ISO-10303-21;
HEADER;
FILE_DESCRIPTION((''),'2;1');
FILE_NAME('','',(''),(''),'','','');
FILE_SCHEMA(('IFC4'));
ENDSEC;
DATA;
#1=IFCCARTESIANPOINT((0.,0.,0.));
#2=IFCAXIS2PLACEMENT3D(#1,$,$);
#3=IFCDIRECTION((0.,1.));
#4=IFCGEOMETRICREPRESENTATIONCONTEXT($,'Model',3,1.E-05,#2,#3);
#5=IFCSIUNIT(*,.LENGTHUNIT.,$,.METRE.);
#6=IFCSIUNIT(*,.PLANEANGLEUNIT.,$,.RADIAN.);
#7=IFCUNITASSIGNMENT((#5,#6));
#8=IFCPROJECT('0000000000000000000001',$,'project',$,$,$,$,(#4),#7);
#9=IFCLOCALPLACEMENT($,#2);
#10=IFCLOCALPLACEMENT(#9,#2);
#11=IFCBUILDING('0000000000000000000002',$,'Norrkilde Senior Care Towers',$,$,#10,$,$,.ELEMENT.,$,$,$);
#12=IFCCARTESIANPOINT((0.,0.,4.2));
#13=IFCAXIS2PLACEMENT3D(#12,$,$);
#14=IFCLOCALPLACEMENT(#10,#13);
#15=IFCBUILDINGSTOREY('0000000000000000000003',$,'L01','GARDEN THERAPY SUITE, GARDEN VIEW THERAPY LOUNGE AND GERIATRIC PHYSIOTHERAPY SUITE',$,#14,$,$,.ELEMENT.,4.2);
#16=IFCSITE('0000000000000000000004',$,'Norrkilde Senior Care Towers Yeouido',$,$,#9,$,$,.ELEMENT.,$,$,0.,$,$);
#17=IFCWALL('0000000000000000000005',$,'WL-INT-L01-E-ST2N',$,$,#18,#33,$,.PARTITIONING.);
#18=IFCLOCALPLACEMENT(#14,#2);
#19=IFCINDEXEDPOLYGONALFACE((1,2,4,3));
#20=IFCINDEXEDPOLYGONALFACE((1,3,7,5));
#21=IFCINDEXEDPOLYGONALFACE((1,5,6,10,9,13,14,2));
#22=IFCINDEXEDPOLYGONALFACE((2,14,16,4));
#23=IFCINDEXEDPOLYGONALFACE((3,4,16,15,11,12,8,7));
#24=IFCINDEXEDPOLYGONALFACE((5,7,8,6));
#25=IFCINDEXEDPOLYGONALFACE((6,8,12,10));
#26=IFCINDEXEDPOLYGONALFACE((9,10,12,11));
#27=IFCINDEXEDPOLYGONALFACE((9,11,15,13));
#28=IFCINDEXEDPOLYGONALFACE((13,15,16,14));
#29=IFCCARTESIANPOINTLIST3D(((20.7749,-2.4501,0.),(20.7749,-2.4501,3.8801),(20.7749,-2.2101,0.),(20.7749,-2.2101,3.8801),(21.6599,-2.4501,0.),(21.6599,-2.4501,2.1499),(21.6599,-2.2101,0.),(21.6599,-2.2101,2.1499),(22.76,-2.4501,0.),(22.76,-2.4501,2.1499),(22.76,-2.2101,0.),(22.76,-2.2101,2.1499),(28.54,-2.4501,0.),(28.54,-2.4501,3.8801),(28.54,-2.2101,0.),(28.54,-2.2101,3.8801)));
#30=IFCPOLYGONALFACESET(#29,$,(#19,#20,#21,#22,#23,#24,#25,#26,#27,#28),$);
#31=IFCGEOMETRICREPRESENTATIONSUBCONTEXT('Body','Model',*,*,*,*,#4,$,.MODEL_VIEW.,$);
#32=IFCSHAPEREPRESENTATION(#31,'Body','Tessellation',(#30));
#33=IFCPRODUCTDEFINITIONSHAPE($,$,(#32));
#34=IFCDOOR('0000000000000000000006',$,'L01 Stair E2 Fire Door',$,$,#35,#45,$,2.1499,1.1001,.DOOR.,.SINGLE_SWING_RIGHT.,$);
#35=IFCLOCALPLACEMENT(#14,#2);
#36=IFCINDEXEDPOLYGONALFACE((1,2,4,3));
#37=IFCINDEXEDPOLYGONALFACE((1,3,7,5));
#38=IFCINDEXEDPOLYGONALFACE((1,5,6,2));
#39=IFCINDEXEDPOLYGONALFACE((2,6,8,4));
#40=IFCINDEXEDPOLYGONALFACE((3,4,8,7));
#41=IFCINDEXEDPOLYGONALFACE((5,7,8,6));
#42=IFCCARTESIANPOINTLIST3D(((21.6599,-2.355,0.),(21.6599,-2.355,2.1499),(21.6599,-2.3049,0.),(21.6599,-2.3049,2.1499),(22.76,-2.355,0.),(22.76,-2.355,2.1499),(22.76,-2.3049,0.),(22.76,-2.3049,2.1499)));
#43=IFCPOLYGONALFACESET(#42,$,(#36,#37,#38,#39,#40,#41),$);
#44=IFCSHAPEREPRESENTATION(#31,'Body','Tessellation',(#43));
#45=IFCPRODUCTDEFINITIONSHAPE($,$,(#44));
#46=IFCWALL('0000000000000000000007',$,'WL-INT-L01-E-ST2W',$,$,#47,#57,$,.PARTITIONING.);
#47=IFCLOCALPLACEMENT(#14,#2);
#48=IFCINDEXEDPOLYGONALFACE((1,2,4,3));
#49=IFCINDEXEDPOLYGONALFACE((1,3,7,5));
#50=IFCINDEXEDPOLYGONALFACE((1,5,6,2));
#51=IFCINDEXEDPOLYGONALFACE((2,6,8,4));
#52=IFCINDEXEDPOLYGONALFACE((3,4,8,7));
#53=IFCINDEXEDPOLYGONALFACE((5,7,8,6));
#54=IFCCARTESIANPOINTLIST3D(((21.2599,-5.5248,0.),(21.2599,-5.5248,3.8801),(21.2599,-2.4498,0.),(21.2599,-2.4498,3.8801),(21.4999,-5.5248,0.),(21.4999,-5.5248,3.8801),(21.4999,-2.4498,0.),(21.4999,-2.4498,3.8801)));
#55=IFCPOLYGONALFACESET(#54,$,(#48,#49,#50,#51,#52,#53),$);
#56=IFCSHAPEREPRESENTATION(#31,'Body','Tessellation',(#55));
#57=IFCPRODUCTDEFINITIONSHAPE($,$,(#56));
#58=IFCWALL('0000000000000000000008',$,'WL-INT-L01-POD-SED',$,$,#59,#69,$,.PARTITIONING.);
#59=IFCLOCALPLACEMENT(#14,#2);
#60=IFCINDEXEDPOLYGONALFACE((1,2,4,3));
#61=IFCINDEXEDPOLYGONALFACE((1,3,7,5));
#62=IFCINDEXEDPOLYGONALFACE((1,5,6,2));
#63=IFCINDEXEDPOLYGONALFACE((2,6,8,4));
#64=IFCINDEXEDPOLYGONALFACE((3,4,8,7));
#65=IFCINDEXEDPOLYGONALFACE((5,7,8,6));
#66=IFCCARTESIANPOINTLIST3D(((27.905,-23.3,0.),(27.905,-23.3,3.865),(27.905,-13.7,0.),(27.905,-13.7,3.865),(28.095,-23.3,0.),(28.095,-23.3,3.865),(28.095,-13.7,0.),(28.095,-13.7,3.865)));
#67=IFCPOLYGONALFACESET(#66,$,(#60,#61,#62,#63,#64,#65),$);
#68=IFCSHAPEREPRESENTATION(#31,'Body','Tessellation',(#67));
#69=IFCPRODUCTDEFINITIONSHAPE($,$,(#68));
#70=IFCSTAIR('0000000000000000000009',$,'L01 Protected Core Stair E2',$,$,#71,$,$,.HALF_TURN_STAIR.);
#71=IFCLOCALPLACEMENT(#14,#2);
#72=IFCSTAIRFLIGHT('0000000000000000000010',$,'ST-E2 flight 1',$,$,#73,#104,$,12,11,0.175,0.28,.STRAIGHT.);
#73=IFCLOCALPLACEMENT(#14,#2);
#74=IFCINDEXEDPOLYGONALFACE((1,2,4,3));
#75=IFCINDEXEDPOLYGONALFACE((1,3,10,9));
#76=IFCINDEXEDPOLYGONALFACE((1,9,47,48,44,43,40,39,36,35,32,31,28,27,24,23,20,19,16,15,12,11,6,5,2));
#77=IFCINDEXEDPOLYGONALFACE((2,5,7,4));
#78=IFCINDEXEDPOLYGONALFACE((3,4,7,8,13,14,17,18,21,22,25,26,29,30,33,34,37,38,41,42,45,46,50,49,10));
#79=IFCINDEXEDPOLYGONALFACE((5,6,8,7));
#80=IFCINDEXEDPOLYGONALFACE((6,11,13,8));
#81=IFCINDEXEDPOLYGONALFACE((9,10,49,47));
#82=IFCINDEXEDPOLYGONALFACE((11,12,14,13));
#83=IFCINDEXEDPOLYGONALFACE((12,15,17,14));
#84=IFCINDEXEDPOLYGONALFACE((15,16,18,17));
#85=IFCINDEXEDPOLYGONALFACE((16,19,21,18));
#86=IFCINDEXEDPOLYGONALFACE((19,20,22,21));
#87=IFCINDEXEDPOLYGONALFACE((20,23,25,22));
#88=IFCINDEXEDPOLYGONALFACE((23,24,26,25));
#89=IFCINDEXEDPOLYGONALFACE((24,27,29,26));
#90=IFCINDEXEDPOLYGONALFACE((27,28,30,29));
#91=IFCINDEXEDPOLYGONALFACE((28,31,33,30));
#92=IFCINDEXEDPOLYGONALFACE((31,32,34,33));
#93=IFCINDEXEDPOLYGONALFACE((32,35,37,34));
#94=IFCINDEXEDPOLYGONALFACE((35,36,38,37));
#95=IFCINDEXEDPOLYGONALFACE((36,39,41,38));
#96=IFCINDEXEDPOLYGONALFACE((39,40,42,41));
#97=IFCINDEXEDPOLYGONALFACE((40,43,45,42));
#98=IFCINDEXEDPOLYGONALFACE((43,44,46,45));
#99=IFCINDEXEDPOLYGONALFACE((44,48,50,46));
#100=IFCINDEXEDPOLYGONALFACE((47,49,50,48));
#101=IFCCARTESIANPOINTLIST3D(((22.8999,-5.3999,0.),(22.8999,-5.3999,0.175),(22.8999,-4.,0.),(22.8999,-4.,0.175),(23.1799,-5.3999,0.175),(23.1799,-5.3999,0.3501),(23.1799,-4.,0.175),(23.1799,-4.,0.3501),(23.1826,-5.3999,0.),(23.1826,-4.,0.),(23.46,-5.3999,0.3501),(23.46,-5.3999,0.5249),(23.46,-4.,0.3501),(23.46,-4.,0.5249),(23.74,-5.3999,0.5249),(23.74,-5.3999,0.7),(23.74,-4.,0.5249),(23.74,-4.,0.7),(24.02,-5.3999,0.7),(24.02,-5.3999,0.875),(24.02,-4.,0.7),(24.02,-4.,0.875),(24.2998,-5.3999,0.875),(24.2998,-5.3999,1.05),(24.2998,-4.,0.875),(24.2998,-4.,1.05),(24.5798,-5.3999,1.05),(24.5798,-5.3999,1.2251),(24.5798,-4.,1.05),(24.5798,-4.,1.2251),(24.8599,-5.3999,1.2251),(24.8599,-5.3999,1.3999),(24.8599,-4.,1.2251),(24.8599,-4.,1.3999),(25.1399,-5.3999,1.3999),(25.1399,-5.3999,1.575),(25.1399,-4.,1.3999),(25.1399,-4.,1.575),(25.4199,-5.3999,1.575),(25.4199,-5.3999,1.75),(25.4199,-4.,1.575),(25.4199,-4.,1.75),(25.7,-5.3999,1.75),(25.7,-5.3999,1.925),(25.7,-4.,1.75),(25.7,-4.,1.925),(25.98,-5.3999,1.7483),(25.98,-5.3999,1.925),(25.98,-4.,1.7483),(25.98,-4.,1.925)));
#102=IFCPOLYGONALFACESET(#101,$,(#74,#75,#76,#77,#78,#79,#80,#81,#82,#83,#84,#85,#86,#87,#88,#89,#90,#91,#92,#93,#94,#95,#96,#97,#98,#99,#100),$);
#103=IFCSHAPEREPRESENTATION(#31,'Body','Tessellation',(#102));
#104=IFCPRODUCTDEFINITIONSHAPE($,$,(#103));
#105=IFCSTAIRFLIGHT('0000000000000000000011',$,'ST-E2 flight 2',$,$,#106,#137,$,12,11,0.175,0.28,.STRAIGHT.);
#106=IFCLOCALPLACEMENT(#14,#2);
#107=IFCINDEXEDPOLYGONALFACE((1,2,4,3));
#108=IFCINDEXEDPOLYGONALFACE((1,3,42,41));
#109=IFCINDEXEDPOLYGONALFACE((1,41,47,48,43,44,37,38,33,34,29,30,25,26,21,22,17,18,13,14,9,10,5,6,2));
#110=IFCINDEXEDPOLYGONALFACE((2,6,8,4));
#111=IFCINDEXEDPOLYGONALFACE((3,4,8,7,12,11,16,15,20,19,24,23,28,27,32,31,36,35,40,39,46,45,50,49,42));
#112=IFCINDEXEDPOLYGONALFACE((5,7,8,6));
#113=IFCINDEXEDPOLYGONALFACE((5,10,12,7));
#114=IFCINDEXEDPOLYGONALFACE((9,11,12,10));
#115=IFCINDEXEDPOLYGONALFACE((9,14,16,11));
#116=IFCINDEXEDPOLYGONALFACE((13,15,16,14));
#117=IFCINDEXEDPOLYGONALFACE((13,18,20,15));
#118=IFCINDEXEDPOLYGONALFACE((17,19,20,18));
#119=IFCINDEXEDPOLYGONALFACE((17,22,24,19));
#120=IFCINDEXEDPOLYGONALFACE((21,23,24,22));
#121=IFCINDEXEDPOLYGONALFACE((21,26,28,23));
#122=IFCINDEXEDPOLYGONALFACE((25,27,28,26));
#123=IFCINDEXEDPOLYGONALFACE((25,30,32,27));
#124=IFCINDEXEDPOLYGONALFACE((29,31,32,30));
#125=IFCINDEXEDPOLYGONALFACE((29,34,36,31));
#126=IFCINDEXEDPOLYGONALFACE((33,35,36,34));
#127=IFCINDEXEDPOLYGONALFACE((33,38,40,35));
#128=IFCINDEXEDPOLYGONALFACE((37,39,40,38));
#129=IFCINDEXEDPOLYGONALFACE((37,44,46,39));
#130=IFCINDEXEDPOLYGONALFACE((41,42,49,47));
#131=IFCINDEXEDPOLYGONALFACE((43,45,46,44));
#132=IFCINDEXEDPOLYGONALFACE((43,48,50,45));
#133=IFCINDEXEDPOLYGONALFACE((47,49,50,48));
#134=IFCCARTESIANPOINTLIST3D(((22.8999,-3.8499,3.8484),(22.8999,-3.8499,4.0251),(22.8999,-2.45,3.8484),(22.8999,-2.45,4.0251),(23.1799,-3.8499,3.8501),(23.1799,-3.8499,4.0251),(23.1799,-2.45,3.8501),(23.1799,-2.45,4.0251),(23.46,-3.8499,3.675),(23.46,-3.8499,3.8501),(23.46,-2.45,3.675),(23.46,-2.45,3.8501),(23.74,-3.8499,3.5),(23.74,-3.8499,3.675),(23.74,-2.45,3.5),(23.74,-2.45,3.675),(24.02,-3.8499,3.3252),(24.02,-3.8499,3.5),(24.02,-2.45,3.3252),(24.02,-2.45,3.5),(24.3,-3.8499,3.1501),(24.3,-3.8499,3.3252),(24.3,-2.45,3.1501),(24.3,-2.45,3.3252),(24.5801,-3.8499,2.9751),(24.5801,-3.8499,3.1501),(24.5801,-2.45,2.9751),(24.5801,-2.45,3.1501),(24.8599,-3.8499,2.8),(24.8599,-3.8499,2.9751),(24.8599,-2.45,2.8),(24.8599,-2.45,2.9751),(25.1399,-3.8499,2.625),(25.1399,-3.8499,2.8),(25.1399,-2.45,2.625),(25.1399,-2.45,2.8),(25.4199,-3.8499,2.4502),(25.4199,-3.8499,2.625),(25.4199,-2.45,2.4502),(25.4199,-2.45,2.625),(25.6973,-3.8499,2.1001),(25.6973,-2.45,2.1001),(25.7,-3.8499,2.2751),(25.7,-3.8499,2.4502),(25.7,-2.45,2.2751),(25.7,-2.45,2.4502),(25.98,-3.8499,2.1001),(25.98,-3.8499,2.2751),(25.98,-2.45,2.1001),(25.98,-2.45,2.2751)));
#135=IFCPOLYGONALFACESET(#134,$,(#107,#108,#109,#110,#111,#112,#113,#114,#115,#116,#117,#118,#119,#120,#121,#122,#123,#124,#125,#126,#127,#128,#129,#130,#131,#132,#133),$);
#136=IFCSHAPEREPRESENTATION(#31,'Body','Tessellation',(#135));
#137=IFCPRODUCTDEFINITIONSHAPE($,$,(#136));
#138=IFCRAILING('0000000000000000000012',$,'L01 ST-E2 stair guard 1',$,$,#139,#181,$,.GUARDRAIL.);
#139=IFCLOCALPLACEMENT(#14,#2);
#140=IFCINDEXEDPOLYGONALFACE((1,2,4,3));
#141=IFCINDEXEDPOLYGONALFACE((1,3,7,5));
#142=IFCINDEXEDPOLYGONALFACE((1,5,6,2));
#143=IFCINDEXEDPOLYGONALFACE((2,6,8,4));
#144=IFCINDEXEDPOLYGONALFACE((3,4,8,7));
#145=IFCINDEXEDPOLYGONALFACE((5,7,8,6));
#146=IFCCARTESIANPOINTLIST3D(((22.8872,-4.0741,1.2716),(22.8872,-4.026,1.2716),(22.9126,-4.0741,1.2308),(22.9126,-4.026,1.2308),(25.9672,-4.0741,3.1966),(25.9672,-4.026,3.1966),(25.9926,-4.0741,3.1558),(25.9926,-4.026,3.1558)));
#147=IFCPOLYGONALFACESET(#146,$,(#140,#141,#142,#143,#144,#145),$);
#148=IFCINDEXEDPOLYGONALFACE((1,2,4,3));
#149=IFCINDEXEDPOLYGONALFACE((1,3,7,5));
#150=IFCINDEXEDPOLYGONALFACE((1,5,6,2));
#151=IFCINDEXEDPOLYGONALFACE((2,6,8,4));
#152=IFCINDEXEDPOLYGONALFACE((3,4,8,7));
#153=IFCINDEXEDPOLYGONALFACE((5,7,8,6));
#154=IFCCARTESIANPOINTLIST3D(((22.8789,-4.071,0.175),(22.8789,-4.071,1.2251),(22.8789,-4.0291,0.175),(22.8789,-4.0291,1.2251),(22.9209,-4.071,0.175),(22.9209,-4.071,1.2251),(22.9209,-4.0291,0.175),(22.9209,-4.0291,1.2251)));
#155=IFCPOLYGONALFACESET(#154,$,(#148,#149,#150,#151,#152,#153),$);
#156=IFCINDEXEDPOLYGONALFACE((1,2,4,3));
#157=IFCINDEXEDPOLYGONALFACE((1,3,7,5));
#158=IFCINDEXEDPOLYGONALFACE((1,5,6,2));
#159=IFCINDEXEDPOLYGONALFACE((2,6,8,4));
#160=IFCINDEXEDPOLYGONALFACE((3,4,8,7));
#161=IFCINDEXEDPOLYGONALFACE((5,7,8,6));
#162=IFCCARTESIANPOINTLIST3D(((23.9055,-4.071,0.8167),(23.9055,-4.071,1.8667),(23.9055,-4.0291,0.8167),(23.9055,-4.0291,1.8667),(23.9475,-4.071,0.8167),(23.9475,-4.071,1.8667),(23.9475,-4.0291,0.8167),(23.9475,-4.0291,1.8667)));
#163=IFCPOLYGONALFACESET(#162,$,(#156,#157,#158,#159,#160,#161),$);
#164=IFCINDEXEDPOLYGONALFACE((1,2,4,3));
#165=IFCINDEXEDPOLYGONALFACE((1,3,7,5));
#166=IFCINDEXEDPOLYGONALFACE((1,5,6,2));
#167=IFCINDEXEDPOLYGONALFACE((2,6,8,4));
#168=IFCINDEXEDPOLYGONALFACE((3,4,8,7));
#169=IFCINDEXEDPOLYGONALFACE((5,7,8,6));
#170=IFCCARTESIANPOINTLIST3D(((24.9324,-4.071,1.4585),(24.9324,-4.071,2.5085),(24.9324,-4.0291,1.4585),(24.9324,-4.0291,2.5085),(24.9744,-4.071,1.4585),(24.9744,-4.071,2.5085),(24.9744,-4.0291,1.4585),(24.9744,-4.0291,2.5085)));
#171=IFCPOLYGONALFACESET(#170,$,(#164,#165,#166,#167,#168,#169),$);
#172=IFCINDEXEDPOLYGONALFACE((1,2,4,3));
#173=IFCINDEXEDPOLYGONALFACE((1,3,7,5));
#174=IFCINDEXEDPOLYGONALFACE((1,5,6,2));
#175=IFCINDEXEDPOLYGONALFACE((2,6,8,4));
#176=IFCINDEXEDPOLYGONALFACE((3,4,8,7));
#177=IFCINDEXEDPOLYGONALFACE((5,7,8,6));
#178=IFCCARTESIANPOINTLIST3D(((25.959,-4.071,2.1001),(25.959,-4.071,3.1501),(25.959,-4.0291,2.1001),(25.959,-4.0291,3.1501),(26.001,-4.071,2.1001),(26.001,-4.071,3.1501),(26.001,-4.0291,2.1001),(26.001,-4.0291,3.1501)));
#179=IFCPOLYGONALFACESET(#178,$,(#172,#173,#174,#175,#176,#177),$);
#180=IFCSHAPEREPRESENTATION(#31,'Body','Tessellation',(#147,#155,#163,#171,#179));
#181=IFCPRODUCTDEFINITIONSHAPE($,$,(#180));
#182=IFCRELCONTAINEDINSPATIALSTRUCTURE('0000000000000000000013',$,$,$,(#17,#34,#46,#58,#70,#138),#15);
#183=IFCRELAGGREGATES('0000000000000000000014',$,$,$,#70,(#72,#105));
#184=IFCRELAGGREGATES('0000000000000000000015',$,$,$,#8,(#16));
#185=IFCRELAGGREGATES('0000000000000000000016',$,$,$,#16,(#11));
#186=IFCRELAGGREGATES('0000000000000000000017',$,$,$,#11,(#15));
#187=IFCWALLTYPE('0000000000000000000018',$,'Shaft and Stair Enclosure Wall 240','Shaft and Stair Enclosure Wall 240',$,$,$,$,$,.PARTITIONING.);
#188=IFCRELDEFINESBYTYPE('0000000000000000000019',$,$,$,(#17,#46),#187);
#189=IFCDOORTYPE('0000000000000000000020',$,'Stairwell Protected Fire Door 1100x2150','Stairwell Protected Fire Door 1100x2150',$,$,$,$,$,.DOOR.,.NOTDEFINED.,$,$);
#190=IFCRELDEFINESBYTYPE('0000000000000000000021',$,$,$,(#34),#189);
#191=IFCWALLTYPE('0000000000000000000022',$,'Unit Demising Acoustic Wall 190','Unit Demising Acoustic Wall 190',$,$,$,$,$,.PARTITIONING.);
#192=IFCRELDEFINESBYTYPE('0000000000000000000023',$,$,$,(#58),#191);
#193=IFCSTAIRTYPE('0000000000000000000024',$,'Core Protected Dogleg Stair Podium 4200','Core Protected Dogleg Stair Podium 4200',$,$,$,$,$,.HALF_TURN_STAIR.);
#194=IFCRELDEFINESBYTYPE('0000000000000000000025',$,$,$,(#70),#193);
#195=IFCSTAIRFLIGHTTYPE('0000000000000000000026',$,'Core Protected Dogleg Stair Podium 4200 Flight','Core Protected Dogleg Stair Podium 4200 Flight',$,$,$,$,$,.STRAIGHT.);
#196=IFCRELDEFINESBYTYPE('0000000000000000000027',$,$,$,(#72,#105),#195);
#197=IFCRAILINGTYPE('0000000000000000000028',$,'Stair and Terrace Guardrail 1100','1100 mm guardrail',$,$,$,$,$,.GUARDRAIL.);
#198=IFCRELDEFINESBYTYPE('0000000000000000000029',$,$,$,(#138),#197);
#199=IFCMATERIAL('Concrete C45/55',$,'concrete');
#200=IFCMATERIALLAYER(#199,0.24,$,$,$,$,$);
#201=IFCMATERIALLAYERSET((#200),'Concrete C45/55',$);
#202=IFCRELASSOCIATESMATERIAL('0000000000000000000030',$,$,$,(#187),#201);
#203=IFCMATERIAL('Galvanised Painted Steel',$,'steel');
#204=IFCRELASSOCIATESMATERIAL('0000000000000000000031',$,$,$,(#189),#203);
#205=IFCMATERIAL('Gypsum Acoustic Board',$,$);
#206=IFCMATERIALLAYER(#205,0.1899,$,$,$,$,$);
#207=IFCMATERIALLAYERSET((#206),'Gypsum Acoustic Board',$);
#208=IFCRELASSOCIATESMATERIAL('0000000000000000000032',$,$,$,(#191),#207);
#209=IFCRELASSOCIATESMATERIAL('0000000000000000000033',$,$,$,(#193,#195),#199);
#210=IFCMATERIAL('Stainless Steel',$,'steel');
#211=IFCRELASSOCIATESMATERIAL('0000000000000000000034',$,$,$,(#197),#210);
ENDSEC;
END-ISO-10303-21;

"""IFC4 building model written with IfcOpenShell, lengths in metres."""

from ifc_helpers import new_model, si_unit, direction, frame, frame_2d, origin, origin_2d, place, context, subcontext, project, spatial, polyline, rectangle, outline, extrude, source, transform, mapped, material, layer, layer_set, type_object, type_shapes, element, fill, aggregate, save


model = new_model("IFC4")

# Units and contexts
model_context = context("Model", 3, precision=1e-05, world=origin(), true_north=direction((0.0, 1.0)))
body_context = subcontext(model_context, "Body", "Model", "MODEL_VIEW")
ifc_project = project(units=[si_unit("LENGTHUNIT", "METRE"), si_unit("PLANEANGLEUNIT", "RADIAN")], contexts=[model_context])

# Site, building, storey
site_placement = place(None, origin())
site = spatial("IfcSite", under=ifc_project, at=site_placement, Name="Norrkilde Senior Care Towers Yeouido", CompositionType="ELEMENT", RefElevation=0.0)
building_placement = place(site_placement, origin())
building = spatial("IfcBuilding", under=site, at=building_placement, Name="Norrkilde Senior Care Towers", CompositionType="ELEMENT")
storey_placement = place(building_placement, frame((0.0, 0.0, 4.2)))
storey = spatial("IfcBuildingStorey", under=building, at=storey_placement, Name="L01", Description="GARDEN THERAPY SUITE, GARDEN VIEW THERAPY LOUNGE AND GERIATRIC PHYSIOTHERAPY SUITE", CompositionType="ELEMENT", Elevation=4.2)

# Shared definitions
ifc_material_1 = material(Name="Galvanised Painted Steel", Category="steel")

# Shared definitions
ifc_material_2 = material(Name="Gypsum Acoustic Board")

# Wall, opening, door
ifc_material_3 = material(Name="Concrete C45/55", Category="concrete")
ifc_layer_1 = layer(ifc_material_3, 0.24)
ifc_layer_set_1 = layer_set([ifc_layer_1], Name="Concrete C45/55")
wall_type_1 = type_object("IfcWallType", Name="Shaft and Stair Enclosure Wall 240", Description="Shaft and Stair Enclosure Wall 240", PredefinedType="PARTITIONING", material=ifc_layer_set_1)
shared_shape_1 = source(origin(), body_context, "Body", "SweptSolid", [
    extrude(rectangle(XDim=7.7651, YDim=0.24, at=frame_2d((3.8826, 0.0))), origin(), (0.0, 0.0, 1.0), 3.8801),
])
wall_1_placement = place(storey_placement, frame((20.7749, -2.3301, 0.0), z_axis=(0.0, 0.0, 1.0), x_axis=(1.0, 0.0, 0.0)))
wall_1 = element("IfcWall", 1, at=wall_1_placement, inside=storey, type_object=wall_type_1, Name="WL-INT-L01-E-ST2N", PredefinedType="PARTITIONING", context=body_context, shape_type="MappedRepresentation", body=[
    mapped(shared_shape_1, transform((0.0, 0.0, 0.0), x_axis=(1.0, 0.0, 0.0), y_axis=(0.0, 1.0, 0.0), z_axis=(0.0, 0.0, 1.0), scale=1.0)),
])
opening_1_placement = place(wall_1_placement, frame((0.885, 0.0, 0.0)))
opening_1 = element("IfcOpeningElement", 2, at=opening_1_placement, cuts=wall_1, PredefinedType="OPENING", context=body_context, shape_type="SweptSolid", body=[
    extrude(rectangle(XDim=1.1001, YDim=2.1499, at=frame_2d((0.55, 1.075))), frame((0.0, 0.1299, 0.0), z_axis=(0.0, -1.0, 0.0), x_axis=(1.0, 0.0, 0.0)), (0.0, 0.0, 1.0), 0.26),
])
door_type_1 = type_object("IfcDoorType", Name="Stairwell Protected Fire Door 1100x2150", Description="Stairwell Protected Fire Door 1100x2150", OperationType="NOTDEFINED", PredefinedType="DOOR", material=ifc_material_1)
shared_shape_2 = source(origin(), body_context, "Body", "SweptSolid", [
    extrude(rectangle(XDim=1.1001, YDim=2.1499, at=frame_2d((0.55, 1.075))), frame((0.0, 0.0249, 0.0), z_axis=(0.0, -1.0, 0.0), x_axis=(1.0, 0.0, 0.0)), (0.0, 0.0, 1.0), 0.05),
])
type_shapes(door_type_1, [shared_shape_2])
door_1_placement = place(opening_1_placement, frame((1.1001, 0.0, 0.0), z_axis=(0.0, 0.0, 1.0), x_axis=(-1.0, 0.0, 0.0)))
door_1 = element("IfcDoor", 3, at=door_1_placement, inside=storey, type_object=door_type_1, Name="L01 Stair E2 Fire Door", OperationType="SINGLE_SWING_RIGHT", OverallHeight=2.1499, OverallWidth=1.1001, PredefinedType="DOOR", context=body_context, shape_type="MappedRepresentation", body=[
    mapped(shared_shape_2, transform((0.0, 0.0, 0.0), x_axis=(1.0, 0.0, 0.0), y_axis=(0.0, 1.0, 0.0), z_axis=(0.0, 0.0, 1.0), scale=1.0)),
])
fill(opening_1, door_1)

# Walls
shared_shape_3 = source(origin(), body_context, "Body", "SweptSolid", [
    extrude(rectangle(XDim=3.075, YDim=0.24, at=frame_2d((1.5376, 0.0))), origin(), (0.0, 0.0, 1.0), 3.8801),
])
type_shapes(wall_type_1, [shared_shape_1, shared_shape_3])
wall_2_placement = place(storey_placement, frame((21.3799, -5.5249, 0.0), z_axis=(0.0, 0.0, 1.0), x_axis=(0.0, 1.0, 0.0)))
element("IfcWall", 4, at=wall_2_placement, inside=storey, type_object=wall_type_1, Name="WL-INT-L01-E-ST2W", PredefinedType="PARTITIONING", context=body_context, shape_type="MappedRepresentation", body=[
    mapped(shared_shape_3, transform((0.0, 0.0, 0.0), x_axis=(1.0, 0.0, 0.0), y_axis=(0.0, 1.0, 0.0), z_axis=(0.0, 0.0, 1.0), scale=1.0)),
])
ifc_layer_2 = layer(ifc_material_2, 0.1899)
ifc_layer_set_2 = layer_set([ifc_layer_2], Name="Gypsum Acoustic Board")
wall_type_2 = type_object("IfcWallType", Name="Unit Demising Acoustic Wall 190", Description="Unit Demising Acoustic Wall 190", PredefinedType="PARTITIONING", material=ifc_layer_set_2)
shared_shape_4 = source(origin(), body_context, "Body", "SweptSolid", [
    extrude(rectangle(XDim=9.6001, YDim=0.1899, at=frame_2d((4.8, 0.0))), origin(), (0.0, 0.0, 1.0), 3.865),
])
type_shapes(wall_type_2, [shared_shape_4])
wall_3_placement = place(storey_placement, frame((28.0, -23.3, 0.0), z_axis=(0.0, 0.0, 1.0), x_axis=(0.0, 1.0, 0.0)))
element("IfcWall", 5, at=wall_3_placement, inside=storey, type_object=wall_type_2, Name="WL-INT-L01-POD-SED", PredefinedType="PARTITIONING", context=body_context, shape_type="MappedRepresentation", body=[
    mapped(shared_shape_4, transform((0.0, 0.0, 0.0), x_axis=(1.0, 0.0, 0.0), y_axis=(0.0, 1.0, 0.0), z_axis=(0.0, 0.0, 1.0), scale=1.0)),
])

# Stair, stair flights
stair_type = type_object("IfcStairType", Name="Core Protected Dogleg Stair Podium 4200", Description="Core Protected Dogleg Stair Podium 4200", PredefinedType="HALF_TURN_STAIR", material=ifc_material_3)
stair_placement = place(storey_placement, origin())
stair = element("IfcStair", 6, at=stair_placement, inside=storey, type_object=stair_type, Name="L01 Protected Core Stair E2", PredefinedType="HALF_TURN_STAIR")
stair_flight_type = type_object("IfcStairFlightType", Name="Core Protected Dogleg Stair Podium 4200 Flight", Description="Core Protected Dogleg Stair Podium 4200 Flight", PredefinedType="STRAIGHT", material=ifc_material_3)
stair_flight_1_placement = place(storey_placement, frame((22.8999, -4.7, 0.0), z_axis=(0.0, 0.0, 1.0), x_axis=(1.0, 0.0, 0.0)))
stair_flight_1 = element("IfcStairFlight", 7, at=stair_flight_1_placement, type_object=stair_flight_type, Name="ST-E2 flight 1", NumberOfRisers=12, NumberOfTreads=11, PredefinedType="STRAIGHT", RiserHeight=0.175, TreadLength=0.28, context=body_context, shape_type="SweptSolid", body=[
    extrude(outline(polyline([(0.0, 0.0), (0.0, 0.175), (0.28, 0.175), (0.28, 0.3501), (0.5601, 0.3501), (0.5601, 0.5249), (0.8401, 0.5249), (0.8401, 0.7), (1.1201, 0.7), (1.1201, 0.875), (1.3999, 0.875), (1.3999, 1.05), (1.6799, 1.05), (1.6799, 1.2251), (1.96, 1.2251), (1.96, 1.3999), (2.24, 1.3999), (2.24, 1.575), (2.52, 1.575), (2.52, 1.75), (2.8, 1.75), (2.8, 1.925), (3.0801, 1.925), (3.0801, 2.1001), (3.0801, 1.7483), (0.2827, 0.0), (0.0, 0.0)])), frame((0.0, 0.7, 0.0), z_axis=(0.0, -1.0, 0.0), x_axis=(1.0, 0.0, 0.0)), (0.0, 0.0, 1.0), 1.3999),
])
stair_flight_2_placement = place(storey_placement, frame((25.98, -3.1499, 2.1001), z_axis=(0.0, 0.0, 1.0), x_axis=(-1.0, 0.0, 0.0)))
stair_flight_2 = element("IfcStairFlight", 8, at=stair_flight_2_placement, type_object=stair_flight_type, Name="ST-E2 flight 2", NumberOfRisers=12, NumberOfTreads=11, PredefinedType="STRAIGHT", RiserHeight=0.175, TreadLength=0.28, context=body_context, shape_type="SweptSolid", body=[
    extrude(outline(polyline([(0.0, 0.0), (0.0, 0.175), (0.28, 0.175), (0.28, 0.3501), (0.5601, 0.3501), (0.5601, 0.5249), (0.8401, 0.5249), (0.8401, 0.7), (1.1201, 0.7), (1.1201, 0.875), (1.3999, 0.875), (1.3999, 1.05), (1.6799, 1.05), (1.6799, 1.2251), (1.96, 1.2251), (1.96, 1.3999), (2.24, 1.3999), (2.24, 1.575), (2.52, 1.575), (2.52, 1.75), (2.8, 1.75), (2.8, 1.925), (3.0801, 1.925), (3.0801, 2.1001), (3.0801, 1.7483), (0.2827, 0.0), (0.0, 0.0)])), frame((0.0, 0.7, 0.0), z_axis=(0.0, -1.0, 0.0), x_axis=(1.0, 0.0, 0.0)), (0.0, 0.0, 1.0), 1.3999),
])
aggregate(stair, [stair_flight_1, stair_flight_2])

# Railing
ifc_material_4 = material(Name="Stainless Steel", Category="steel")
railing_type_1 = type_object("IfcRailingType", Name="Stair and Terrace Guardrail 1100", Description="1100 mm guardrail", PredefinedType="GUARDRAIL", material=ifc_material_4)
railing_1_placement = place(storey_placement, frame((22.8999, -4.05, 0.175)))
element("IfcRailing", 9, at=railing_1_placement, inside=storey, type_object=railing_type_1, Name="L01 ST-E2 stair guard 1", PredefinedType="GUARDRAIL", context=body_context, shape_type="SweptSolid", body=[
    extrude(rectangle(XDim=0.0481, YDim=0.0481, at=origin_2d()), frame((0.0, 0.0, 1.0762), z_axis=(0.847998, 0.0, 0.529999), x_axis=(0.0, 1.0, 0.0)), (0.0, 0.0, 1.0), 3.6321),
    extrude(rectangle(XDim=0.042, YDim=0.042, at=origin_2d()), origin(), (0.0, 0.0, 1.0), 1.05),
    extrude(rectangle(XDim=0.042, YDim=0.042, at=origin_2d()), frame((1.0266, 0.0, 0.6416)), (0.0, 0.0, 1.0), 1.05),
    extrude(rectangle(XDim=0.042, YDim=0.042, at=origin_2d()), frame((2.0535, 0.0, 1.2834)), (0.0, 0.0, 1.0), 1.05),
    extrude(rectangle(XDim=0.042, YDim=0.042, at=origin_2d()), frame((3.0801, 0.0, 1.925)), (0.0, 0.0, 1.0), 1.05),
])

save(model, "model.ifc")
